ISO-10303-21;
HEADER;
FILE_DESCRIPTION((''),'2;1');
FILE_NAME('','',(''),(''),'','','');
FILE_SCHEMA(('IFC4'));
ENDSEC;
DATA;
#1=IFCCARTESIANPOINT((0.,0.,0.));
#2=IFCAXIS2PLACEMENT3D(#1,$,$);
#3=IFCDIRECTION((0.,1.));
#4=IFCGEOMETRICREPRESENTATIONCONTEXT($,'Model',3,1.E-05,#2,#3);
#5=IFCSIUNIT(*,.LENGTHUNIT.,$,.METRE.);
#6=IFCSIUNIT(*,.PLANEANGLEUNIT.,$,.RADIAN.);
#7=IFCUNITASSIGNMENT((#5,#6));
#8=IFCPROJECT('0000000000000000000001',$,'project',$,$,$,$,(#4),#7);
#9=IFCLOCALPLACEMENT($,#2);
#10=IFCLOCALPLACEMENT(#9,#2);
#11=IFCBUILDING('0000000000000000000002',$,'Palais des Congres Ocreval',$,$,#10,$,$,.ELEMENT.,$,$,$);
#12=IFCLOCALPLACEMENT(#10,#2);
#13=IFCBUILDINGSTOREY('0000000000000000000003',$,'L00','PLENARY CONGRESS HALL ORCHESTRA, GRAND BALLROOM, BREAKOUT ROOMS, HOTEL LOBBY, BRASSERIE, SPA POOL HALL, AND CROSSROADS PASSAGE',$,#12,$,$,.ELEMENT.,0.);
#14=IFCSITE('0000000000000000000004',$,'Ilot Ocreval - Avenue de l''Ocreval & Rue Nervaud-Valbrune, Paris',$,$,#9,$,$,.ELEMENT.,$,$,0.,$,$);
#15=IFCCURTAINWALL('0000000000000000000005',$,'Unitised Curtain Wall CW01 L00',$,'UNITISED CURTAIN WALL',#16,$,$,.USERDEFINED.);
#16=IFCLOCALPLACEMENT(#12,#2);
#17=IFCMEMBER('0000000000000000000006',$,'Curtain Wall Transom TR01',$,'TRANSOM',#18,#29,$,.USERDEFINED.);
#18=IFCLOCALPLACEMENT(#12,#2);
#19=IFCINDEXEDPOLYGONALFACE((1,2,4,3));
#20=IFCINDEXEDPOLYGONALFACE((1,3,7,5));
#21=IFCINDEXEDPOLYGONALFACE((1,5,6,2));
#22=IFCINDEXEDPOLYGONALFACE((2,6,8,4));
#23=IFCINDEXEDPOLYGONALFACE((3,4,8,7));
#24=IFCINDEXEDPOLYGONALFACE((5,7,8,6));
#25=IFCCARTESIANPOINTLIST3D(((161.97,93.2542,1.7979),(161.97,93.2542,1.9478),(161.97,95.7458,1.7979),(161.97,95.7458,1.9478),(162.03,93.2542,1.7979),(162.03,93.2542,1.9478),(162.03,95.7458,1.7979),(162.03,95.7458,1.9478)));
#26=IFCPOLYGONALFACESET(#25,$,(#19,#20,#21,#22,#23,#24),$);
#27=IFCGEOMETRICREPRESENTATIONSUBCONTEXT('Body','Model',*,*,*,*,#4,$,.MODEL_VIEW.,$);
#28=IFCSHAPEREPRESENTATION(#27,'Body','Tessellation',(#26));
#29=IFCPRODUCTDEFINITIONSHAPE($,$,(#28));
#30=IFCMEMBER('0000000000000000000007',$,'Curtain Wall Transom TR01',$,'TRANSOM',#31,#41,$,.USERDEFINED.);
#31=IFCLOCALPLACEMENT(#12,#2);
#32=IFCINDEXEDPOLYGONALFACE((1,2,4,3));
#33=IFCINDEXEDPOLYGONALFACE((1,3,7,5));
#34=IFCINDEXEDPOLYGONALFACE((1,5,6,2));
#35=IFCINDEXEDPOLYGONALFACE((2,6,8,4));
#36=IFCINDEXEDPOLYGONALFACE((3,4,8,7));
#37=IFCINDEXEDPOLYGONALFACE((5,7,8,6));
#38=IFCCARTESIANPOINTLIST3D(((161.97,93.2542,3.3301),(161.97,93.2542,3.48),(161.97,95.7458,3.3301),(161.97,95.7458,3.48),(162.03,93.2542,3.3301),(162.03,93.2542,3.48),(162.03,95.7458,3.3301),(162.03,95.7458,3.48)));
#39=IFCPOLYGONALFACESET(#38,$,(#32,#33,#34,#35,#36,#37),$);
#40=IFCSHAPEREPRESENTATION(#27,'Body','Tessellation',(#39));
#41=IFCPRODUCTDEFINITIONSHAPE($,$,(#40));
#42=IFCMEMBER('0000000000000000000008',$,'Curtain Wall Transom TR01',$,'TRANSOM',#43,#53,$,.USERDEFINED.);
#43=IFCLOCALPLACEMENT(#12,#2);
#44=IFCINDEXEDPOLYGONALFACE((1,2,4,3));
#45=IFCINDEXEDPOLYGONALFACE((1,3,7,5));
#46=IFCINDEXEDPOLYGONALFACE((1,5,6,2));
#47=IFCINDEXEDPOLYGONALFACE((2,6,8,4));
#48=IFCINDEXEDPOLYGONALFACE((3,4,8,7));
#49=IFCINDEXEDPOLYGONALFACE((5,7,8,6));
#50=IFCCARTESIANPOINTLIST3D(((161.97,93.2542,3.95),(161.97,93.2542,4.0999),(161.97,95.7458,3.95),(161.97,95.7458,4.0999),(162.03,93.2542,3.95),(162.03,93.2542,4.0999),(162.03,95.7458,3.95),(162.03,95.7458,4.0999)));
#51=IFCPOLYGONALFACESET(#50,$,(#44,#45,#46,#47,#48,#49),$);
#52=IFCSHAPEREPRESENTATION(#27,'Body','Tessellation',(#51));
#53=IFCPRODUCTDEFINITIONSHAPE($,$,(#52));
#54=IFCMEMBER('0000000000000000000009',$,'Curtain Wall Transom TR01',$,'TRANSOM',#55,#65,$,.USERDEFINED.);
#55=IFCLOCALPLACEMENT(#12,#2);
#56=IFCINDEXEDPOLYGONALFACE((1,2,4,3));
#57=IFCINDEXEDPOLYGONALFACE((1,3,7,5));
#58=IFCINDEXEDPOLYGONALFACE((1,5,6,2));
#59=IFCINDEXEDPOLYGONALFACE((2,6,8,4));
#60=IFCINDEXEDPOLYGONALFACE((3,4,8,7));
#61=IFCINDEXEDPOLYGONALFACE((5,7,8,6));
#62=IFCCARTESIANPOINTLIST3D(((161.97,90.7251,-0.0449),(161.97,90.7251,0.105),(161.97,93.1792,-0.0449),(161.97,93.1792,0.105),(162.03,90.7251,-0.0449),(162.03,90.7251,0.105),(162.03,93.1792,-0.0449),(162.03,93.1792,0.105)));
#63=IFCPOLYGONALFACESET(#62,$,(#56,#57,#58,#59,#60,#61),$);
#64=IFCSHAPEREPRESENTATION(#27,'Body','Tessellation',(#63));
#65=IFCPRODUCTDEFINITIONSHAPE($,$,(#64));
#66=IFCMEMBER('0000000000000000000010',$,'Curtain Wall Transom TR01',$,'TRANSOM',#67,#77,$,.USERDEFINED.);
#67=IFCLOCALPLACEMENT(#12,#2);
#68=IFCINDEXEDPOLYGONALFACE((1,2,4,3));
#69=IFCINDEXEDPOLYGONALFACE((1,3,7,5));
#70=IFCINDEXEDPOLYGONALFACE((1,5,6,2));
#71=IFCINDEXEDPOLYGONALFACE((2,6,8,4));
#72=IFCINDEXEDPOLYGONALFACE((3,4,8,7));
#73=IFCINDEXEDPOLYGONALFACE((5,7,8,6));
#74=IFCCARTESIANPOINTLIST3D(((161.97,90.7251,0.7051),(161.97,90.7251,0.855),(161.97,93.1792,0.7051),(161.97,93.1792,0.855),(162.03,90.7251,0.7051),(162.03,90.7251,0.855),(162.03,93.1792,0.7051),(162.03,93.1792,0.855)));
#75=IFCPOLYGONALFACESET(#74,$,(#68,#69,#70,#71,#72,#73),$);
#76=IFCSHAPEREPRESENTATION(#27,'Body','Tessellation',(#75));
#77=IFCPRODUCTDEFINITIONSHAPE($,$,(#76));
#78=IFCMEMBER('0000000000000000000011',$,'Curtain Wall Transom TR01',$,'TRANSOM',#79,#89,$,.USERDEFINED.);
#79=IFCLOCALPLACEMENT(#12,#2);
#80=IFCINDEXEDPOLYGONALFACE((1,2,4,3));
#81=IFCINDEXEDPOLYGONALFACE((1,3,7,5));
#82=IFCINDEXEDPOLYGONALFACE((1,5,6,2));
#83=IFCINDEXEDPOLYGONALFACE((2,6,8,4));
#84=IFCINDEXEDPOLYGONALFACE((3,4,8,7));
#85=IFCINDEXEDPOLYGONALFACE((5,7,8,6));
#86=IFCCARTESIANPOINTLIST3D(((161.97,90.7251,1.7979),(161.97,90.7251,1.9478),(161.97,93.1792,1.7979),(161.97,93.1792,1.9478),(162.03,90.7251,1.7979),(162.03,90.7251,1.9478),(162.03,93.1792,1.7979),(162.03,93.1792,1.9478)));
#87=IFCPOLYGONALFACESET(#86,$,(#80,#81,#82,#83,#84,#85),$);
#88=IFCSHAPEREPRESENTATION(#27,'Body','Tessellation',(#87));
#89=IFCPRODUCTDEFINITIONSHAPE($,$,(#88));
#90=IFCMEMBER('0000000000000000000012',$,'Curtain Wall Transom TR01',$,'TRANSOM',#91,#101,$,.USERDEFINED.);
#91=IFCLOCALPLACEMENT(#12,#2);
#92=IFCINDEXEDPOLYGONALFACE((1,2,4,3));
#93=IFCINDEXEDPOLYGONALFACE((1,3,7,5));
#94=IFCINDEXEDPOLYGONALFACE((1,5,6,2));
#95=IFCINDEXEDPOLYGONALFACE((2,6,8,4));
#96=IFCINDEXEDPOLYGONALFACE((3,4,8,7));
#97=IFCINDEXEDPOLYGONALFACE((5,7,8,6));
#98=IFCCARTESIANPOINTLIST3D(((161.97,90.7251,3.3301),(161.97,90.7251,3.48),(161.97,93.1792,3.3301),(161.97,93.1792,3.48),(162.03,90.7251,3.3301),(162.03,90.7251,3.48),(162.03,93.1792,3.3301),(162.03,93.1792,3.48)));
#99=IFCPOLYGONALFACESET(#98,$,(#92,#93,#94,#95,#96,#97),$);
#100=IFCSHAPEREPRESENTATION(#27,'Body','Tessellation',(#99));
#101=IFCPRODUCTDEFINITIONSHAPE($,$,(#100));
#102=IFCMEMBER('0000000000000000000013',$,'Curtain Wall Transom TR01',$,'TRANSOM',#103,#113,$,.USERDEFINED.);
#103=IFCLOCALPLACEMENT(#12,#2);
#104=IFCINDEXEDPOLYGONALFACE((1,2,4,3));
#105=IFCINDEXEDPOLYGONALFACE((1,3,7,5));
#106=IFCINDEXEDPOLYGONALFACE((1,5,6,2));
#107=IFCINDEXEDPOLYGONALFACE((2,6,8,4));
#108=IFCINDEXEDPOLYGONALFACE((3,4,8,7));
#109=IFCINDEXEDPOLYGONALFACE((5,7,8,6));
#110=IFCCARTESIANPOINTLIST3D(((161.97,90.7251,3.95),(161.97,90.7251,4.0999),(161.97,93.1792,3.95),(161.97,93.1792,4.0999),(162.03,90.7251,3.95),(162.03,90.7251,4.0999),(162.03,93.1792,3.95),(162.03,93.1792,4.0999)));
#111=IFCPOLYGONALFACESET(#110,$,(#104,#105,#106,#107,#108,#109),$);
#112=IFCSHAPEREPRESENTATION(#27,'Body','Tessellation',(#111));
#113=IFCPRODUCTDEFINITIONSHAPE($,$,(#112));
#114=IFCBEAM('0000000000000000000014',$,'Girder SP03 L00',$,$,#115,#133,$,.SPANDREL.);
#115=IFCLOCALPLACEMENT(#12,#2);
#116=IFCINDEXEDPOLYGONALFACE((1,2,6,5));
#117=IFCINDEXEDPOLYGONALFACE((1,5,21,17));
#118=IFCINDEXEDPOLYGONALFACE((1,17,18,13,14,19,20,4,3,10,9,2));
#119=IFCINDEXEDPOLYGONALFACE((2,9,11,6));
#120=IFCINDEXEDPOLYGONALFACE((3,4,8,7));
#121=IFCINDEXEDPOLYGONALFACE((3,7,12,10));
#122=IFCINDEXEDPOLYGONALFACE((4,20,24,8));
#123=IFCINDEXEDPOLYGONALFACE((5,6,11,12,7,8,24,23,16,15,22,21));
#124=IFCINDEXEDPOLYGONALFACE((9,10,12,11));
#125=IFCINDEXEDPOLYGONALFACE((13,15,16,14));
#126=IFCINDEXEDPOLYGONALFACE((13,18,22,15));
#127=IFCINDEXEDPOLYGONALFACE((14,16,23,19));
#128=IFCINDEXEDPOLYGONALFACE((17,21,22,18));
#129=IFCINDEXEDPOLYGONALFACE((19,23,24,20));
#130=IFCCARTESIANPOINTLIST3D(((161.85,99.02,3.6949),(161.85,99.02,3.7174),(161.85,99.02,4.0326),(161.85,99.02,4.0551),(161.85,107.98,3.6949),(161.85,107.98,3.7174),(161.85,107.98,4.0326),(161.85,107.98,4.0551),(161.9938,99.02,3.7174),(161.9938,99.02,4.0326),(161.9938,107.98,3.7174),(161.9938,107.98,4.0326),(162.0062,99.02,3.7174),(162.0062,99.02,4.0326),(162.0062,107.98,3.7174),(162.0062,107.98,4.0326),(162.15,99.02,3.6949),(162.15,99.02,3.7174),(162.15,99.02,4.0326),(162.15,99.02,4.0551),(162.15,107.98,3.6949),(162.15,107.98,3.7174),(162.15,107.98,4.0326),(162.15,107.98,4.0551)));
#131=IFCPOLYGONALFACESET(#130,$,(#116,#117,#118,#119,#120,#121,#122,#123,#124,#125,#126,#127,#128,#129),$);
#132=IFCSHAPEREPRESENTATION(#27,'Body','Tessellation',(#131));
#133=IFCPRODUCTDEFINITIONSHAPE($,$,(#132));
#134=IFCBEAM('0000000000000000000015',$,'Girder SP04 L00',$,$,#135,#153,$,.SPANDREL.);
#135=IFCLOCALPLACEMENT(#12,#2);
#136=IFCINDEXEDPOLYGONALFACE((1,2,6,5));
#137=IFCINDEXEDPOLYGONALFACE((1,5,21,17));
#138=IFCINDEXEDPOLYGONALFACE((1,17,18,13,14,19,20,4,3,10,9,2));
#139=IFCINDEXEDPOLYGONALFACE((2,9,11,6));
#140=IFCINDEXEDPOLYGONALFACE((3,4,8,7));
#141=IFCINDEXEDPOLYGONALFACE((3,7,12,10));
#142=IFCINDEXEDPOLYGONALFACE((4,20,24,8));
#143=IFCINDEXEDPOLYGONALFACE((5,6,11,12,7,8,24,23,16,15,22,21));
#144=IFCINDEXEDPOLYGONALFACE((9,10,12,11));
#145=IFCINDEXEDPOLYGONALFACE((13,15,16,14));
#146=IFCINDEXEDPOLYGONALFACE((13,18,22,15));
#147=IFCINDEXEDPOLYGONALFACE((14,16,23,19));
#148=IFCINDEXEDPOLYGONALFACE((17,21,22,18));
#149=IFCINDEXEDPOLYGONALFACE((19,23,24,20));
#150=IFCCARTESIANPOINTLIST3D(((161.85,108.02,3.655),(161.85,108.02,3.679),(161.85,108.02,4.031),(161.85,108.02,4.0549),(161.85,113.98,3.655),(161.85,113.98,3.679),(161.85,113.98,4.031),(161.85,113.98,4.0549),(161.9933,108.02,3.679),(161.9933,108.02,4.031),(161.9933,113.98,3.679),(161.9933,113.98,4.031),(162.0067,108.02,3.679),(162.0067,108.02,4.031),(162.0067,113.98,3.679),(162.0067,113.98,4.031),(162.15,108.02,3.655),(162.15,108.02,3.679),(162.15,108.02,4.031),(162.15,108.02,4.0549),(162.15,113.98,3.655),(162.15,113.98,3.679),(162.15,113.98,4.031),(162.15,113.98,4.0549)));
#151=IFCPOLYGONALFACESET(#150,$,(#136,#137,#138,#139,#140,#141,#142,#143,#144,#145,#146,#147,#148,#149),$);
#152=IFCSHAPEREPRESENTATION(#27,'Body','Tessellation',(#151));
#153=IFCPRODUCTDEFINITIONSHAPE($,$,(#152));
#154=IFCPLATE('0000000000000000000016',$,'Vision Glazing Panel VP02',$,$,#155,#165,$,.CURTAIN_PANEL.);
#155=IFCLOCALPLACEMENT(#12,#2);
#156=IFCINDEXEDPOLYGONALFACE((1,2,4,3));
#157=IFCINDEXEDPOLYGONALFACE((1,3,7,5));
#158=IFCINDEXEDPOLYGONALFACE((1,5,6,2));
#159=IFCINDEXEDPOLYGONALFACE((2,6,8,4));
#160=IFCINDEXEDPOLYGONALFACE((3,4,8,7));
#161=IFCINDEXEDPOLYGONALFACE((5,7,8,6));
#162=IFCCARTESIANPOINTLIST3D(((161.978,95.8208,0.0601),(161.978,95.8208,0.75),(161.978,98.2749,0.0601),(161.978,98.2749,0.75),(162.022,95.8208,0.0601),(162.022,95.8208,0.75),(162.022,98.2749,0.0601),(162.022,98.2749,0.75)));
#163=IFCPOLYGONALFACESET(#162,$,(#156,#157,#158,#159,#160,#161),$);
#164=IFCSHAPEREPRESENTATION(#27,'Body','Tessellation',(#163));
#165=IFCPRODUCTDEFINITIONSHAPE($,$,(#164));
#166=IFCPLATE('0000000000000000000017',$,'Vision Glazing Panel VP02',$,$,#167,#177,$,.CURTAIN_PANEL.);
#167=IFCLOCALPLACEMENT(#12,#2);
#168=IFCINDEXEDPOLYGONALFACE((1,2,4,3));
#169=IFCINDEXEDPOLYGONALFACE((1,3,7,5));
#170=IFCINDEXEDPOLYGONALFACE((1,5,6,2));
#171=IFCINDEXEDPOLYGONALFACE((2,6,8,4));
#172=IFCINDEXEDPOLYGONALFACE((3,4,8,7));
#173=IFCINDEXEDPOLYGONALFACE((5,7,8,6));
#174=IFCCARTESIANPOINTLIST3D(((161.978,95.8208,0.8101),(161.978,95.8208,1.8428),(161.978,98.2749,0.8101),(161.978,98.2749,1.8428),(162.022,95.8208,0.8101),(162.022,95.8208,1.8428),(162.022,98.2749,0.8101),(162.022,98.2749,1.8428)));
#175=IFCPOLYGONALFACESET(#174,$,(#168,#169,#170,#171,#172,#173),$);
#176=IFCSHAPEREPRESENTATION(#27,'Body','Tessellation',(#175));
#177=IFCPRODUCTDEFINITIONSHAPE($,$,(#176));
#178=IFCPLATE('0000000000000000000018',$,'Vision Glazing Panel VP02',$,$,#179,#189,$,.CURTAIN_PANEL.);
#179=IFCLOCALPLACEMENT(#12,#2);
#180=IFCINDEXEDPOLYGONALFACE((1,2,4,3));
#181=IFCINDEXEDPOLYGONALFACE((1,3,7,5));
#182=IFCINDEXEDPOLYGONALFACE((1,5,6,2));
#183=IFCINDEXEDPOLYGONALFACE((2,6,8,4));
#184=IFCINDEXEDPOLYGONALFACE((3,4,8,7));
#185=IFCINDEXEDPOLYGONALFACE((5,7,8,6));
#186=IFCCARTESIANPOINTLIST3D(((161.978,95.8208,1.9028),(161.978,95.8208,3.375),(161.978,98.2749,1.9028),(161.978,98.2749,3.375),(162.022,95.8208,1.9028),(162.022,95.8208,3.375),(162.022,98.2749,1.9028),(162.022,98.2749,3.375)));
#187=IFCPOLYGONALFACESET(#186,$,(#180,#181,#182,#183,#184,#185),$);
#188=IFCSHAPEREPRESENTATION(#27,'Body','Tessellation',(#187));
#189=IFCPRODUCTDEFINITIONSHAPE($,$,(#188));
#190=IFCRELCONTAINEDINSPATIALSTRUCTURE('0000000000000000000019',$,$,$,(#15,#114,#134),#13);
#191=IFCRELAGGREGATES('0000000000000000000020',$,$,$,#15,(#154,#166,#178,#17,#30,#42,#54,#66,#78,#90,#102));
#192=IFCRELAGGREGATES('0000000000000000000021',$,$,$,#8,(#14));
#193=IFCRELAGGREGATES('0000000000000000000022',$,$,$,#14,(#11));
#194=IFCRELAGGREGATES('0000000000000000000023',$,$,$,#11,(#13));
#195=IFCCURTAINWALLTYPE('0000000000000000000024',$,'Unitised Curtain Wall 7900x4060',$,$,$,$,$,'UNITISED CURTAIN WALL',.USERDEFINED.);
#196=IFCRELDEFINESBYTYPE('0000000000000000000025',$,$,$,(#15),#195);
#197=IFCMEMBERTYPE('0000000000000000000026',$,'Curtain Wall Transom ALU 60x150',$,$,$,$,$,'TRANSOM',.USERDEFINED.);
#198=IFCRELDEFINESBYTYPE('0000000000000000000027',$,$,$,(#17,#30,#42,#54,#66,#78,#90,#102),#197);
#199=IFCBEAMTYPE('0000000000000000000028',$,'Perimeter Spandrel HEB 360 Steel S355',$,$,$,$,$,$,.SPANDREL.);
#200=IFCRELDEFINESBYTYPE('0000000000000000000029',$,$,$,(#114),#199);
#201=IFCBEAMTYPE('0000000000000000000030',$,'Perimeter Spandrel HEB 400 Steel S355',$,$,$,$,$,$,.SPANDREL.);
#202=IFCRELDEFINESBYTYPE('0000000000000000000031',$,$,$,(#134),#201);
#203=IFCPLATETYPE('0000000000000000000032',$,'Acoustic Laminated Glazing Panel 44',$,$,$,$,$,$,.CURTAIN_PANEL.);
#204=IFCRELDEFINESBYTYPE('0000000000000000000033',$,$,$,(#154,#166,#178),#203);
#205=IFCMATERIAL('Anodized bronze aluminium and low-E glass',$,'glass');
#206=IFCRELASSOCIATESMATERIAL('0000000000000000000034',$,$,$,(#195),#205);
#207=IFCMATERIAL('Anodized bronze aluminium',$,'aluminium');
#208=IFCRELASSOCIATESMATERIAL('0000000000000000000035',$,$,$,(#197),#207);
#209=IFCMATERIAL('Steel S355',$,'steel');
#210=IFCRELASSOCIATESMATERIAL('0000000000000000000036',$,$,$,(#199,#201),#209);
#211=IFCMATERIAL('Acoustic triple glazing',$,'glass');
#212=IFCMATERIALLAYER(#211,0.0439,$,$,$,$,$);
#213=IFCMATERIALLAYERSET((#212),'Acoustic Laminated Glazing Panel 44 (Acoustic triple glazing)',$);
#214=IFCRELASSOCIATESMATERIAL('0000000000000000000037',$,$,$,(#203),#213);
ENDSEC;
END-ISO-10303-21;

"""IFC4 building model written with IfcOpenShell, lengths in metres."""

from ifc_helpers import new_model, si_unit, direction, frame, origin, origin_2d, place, context, subcontext, project, spatial, rectangle, i_section, extrude, material, layer, layer_set, material_profile, profile_set, type_object, element, aggregate, save


model = new_model("IFC4")

# Units and contexts
model_context = context("Model", 3, precision=1e-05, world=origin(), true_north=direction((0.0, 1.0)))
body_context = subcontext(model_context, "Body", "Model", "MODEL_VIEW")
ifc_project = project(units=[si_unit("LENGTHUNIT", "METRE"), si_unit("PLANEANGLEUNIT", "RADIAN")], contexts=[model_context])

# Site, building, storey
site_placement = place(None, origin())
site = spatial("IfcSite", under=ifc_project, at=site_placement, Name="Ilot Ocreval - Avenue de l'Ocreval & Rue Nervaud-Valbrune, Paris", CompositionType="ELEMENT", RefElevation=0.0)
building_placement = place(site_placement, origin())
building = spatial("IfcBuilding", under=site, at=building_placement, Name="Palais des Congres Ocreval", CompositionType="ELEMENT")
storey_placement = place(building_placement, origin())
storey = spatial("IfcBuildingStorey", under=building, at=storey_placement, Name="L00", Description="PLENARY CONGRESS HALL ORCHESTRA, GRAND BALLROOM, BREAKOUT ROOMS, HOTEL LOBBY, BRASSERIE, SPA POOL HALL, AND CROSSROADS PASSAGE", CompositionType="ELEMENT", Elevation=0.0)

# Shared definitions
ifc_material_1 = material(Name="Steel S355", Category="steel")

# Curtain wall, members
ifc_material_2 = material(Name="Anodized bronze aluminium and low-E glass", Category="glass")
curtain_wall_type = type_object("IfcCurtainWallType", Name="Unitised Curtain Wall 7900x4060", ElementType="UNITISED CURTAIN WALL", PredefinedType="USERDEFINED", material=ifc_material_2)
curtain_wall_placement = place(storey_placement, origin())
curtain_wall = element("IfcCurtainWall", 1, at=curtain_wall_placement, inside=storey, type_object=curtain_wall_type, Name="Unitised Curtain Wall CW01 L00", ObjectType="UNITISED CURTAIN WALL", PredefinedType="USERDEFINED")
ifc_material_3 = material(Name="Anodized bronze aluminium", Category="aluminium")
ifc_material_profile_1 = material_profile(ifc_material_3, rectangle(XDim=0.0601, YDim=0.1499, at=origin_2d()), Name="ALU 60x150")
ifc_profile_set_1 = profile_set([ifc_material_profile_1], Name="Anodized bronze aluminium")
member_type_1 = type_object("IfcMemberType", Name="Curtain Wall Transom ALU 60x150", ElementType="TRANSOM", PredefinedType="USERDEFINED", material=ifc_profile_set_1)
member_1_placement = place(storey_placement, frame((162.0, 95.7458, 1.8728), z_axis=(0.0, -1.0, 0.0), x_axis=(1.0, 0.0, 0.0)))
member_1 = element("IfcMember", 2, at=member_1_placement, type_object=member_type_1, Name="Curtain Wall Transom TR01", ObjectType="TRANSOM", PredefinedType="USERDEFINED", context=body_context, shape_type="SweptSolid", body=[
    extrude(rectangle(XDim=0.0601, YDim=0.1499, at=origin_2d()), origin(), (0.0, 0.0, 1.0), 2.4917),
])
member_2_placement = place(storey_placement, frame((162.0, 95.7458, 3.405), z_axis=(0.0, -1.0, 0.0), x_axis=(1.0, 0.0, 0.0)))
member_2 = element("IfcMember", 3, at=member_2_placement, type_object=member_type_1, Name="Curtain Wall Transom TR01", ObjectType="TRANSOM", PredefinedType="USERDEFINED", context=body_context, shape_type="SweptSolid", body=[
    extrude(rectangle(XDim=0.0601, YDim=0.1499, at=origin_2d()), origin(), (0.0, 0.0, 1.0), 2.4917),
])
member_3_placement = place(storey_placement, frame((162.0, 95.7458, 4.0249), z_axis=(0.0, -1.0, 0.0), x_axis=(1.0, 0.0, 0.0)))
member_3 = element("IfcMember", 4, at=member_3_placement, type_object=member_type_1, Name="Curtain Wall Transom TR01", ObjectType="TRANSOM", PredefinedType="USERDEFINED", context=body_context, shape_type="SweptSolid", body=[
    extrude(rectangle(XDim=0.0601, YDim=0.1499, at=origin_2d()), origin(), (0.0, 0.0, 1.0), 2.4917),
])
member_4_placement = place(storey_placement, frame((162.0, 93.1792, 0.03), z_axis=(0.0, -1.0, 0.0), x_axis=(1.0, 0.0, 0.0)))
member_4 = element("IfcMember", 5, at=member_4_placement, type_object=member_type_1, Name="Curtain Wall Transom TR01", ObjectType="TRANSOM", PredefinedType="USERDEFINED", context=body_context, shape_type="SweptSolid", body=[
    extrude(rectangle(XDim=0.0601, YDim=0.1499, at=origin_2d()), origin(), (0.0, 0.0, 1.0), 2.4541),
])
member_5_placement = place(storey_placement, frame((162.0, 93.1792, 0.78), z_axis=(0.0, -1.0, 0.0), x_axis=(1.0, 0.0, 0.0)))
member_5 = element("IfcMember", 6, at=member_5_placement, type_object=member_type_1, Name="Curtain Wall Transom TR01", ObjectType="TRANSOM", PredefinedType="USERDEFINED", context=body_context, shape_type="SweptSolid", body=[
    extrude(rectangle(XDim=0.0601, YDim=0.1499, at=origin_2d()), origin(), (0.0, 0.0, 1.0), 2.4541),
])
member_6_placement = place(storey_placement, frame((162.0, 93.1792, 1.8728), z_axis=(0.0, -1.0, 0.0), x_axis=(1.0, 0.0, 0.0)))
member_6 = element("IfcMember", 7, at=member_6_placement, type_object=member_type_1, Name="Curtain Wall Transom TR01", ObjectType="TRANSOM", PredefinedType="USERDEFINED", context=body_context, shape_type="SweptSolid", body=[
    extrude(rectangle(XDim=0.0601, YDim=0.1499, at=origin_2d()), origin(), (0.0, 0.0, 1.0), 2.4541),
])
member_7_placement = place(storey_placement, frame((162.0, 93.1792, 3.405), z_axis=(0.0, -1.0, 0.0), x_axis=(1.0, 0.0, 0.0)))
member_7 = element("IfcMember", 8, at=member_7_placement, type_object=member_type_1, Name="Curtain Wall Transom TR01", ObjectType="TRANSOM", PredefinedType="USERDEFINED", context=body_context, shape_type="SweptSolid", body=[
    extrude(rectangle(XDim=0.0601, YDim=0.1499, at=origin_2d()), origin(), (0.0, 0.0, 1.0), 2.4541),
])
member_8_placement = place(storey_placement, frame((162.0, 93.1792, 4.0249), z_axis=(0.0, -1.0, 0.0), x_axis=(1.0, 0.0, 0.0)))
member_8 = element("IfcMember", 9, at=member_8_placement, type_object=member_type_1, Name="Curtain Wall Transom TR01", ObjectType="TRANSOM", PredefinedType="USERDEFINED", context=body_context, shape_type="SweptSolid", body=[
    extrude(rectangle(XDim=0.0601, YDim=0.1499, at=origin_2d()), origin(), (0.0, 0.0, 1.0), 2.4541),
])

# Beams
ifc_material_profile_2 = material_profile(ifc_material_1, i_section(OverallWidth=0.3, OverallDepth=0.3601, WebThickness=0.0125, FlangeThickness=0.0225, at=origin_2d()), Name="HEB 360")
ifc_profile_set_2 = profile_set([ifc_material_profile_2], Name="Steel S355")
beam_type_1 = type_object("IfcBeamType", Name="Perimeter Spandrel HEB 360 Steel S355", PredefinedType="SPANDREL", material=ifc_profile_set_2)
beam_1_placement = place(storey_placement, frame((162.0, 99.02, 3.875), z_axis=(0.0, 1.0, 0.0), x_axis=(-1.0, 0.0, 0.0)))
element("IfcBeam", 10, at=beam_1_placement, inside=storey, type_object=beam_type_1, Name="Girder SP03 L00", PredefinedType="SPANDREL", context=body_context, shape_type="SweptSolid", body=[
    extrude(i_section(OverallWidth=0.3, OverallDepth=0.3601, WebThickness=0.0125, FlangeThickness=0.0225, at=origin_2d()), origin(), (0.0, 0.0, 1.0), 8.96),
])
ifc_material_profile_3 = material_profile(ifc_material_1, i_section(OverallWidth=0.3, OverallDepth=0.3999, WebThickness=0.0134, FlangeThickness=0.0239, at=origin_2d()), Name="HEB 400")
ifc_profile_set_3 = profile_set([ifc_material_profile_3], Name="Steel S355")
beam_type_2 = type_object("IfcBeamType", Name="Perimeter Spandrel HEB 400 Steel S355", PredefinedType="SPANDREL", material=ifc_profile_set_3)
beam_2_placement = place(storey_placement, frame((162.0, 108.02, 3.855), z_axis=(0.0, 1.0, 0.0), x_axis=(-1.0, 0.0, 0.0)))
element("IfcBeam", 11, at=beam_2_placement, inside=storey, type_object=beam_type_2, Name="Girder SP04 L00", PredefinedType="SPANDREL", context=body_context, shape_type="SweptSolid", body=[
    extrude(i_section(OverallWidth=0.3, OverallDepth=0.3999, WebThickness=0.0134, FlangeThickness=0.0239, at=origin_2d()), origin(), (0.0, 0.0, 1.0), 5.96),
])

# Plates
ifc_material_4 = material(Name="Acoustic triple glazing", Category="glass")
ifc_layer_1 = layer(ifc_material_4, 0.0439)
ifc_layer_set_1 = layer_set([ifc_layer_1], Name="Acoustic Laminated Glazing Panel 44 (Acoustic triple glazing)")
plate_type_1 = type_object("IfcPlateType", Name="Acoustic Laminated Glazing Panel 44", PredefinedType="CURTAIN_PANEL", material=ifc_layer_set_1)
plate_1_placement = place(storey_placement, frame((162.0, 97.0479, 0.0601), z_axis=(0.0, 0.0, 1.0), x_axis=(0.0, -1.0, 0.0)))
plate_1 = element("IfcPlate", 12, at=plate_1_placement, type_object=plate_type_1, Name="Vision Glazing Panel VP02", PredefinedType="CURTAIN_PANEL", context=body_context, shape_type="SweptSolid", body=[
    extrude(rectangle(XDim=2.4541, YDim=0.0439, at=origin_2d()), origin(), (0.0, 0.0, 1.0), 0.6899),
])
plate_2_placement = place(storey_placement, frame((162.0, 97.0479, 0.8101), z_axis=(0.0, 0.0, 1.0), x_axis=(0.0, -1.0, 0.0)))
plate_2 = element("IfcPlate", 13, at=plate_2_placement, type_object=plate_type_1, Name="Vision Glazing Panel VP02", PredefinedType="CURTAIN_PANEL", context=body_context, shape_type="SweptSolid", body=[
    extrude(rectangle(XDim=2.4541, YDim=0.0439, at=origin_2d()), origin(), (0.0, 0.0, 1.0), 1.0327),
])
plate_3_placement = place(storey_placement, frame((162.0, 97.0479, 1.9028), z_axis=(0.0, 0.0, 1.0), x_axis=(0.0, -1.0, 0.0)))
plate_3 = element("IfcPlate", 14, at=plate_3_placement, type_object=plate_type_1, Name="Vision Glazing Panel VP02", PredefinedType="CURTAIN_PANEL", context=body_context, shape_type="SweptSolid", body=[
    extrude(rectangle(XDim=2.4541, YDim=0.0439, at=origin_2d()), origin(), (0.0, 0.0, 1.0), 1.4722),
])
aggregate(curtain_wall, [plate_1, plate_2, plate_3, member_1, member_2, member_3, member_4, member_5, member_6, member_7, member_8])

save(model, "model.ifc")
